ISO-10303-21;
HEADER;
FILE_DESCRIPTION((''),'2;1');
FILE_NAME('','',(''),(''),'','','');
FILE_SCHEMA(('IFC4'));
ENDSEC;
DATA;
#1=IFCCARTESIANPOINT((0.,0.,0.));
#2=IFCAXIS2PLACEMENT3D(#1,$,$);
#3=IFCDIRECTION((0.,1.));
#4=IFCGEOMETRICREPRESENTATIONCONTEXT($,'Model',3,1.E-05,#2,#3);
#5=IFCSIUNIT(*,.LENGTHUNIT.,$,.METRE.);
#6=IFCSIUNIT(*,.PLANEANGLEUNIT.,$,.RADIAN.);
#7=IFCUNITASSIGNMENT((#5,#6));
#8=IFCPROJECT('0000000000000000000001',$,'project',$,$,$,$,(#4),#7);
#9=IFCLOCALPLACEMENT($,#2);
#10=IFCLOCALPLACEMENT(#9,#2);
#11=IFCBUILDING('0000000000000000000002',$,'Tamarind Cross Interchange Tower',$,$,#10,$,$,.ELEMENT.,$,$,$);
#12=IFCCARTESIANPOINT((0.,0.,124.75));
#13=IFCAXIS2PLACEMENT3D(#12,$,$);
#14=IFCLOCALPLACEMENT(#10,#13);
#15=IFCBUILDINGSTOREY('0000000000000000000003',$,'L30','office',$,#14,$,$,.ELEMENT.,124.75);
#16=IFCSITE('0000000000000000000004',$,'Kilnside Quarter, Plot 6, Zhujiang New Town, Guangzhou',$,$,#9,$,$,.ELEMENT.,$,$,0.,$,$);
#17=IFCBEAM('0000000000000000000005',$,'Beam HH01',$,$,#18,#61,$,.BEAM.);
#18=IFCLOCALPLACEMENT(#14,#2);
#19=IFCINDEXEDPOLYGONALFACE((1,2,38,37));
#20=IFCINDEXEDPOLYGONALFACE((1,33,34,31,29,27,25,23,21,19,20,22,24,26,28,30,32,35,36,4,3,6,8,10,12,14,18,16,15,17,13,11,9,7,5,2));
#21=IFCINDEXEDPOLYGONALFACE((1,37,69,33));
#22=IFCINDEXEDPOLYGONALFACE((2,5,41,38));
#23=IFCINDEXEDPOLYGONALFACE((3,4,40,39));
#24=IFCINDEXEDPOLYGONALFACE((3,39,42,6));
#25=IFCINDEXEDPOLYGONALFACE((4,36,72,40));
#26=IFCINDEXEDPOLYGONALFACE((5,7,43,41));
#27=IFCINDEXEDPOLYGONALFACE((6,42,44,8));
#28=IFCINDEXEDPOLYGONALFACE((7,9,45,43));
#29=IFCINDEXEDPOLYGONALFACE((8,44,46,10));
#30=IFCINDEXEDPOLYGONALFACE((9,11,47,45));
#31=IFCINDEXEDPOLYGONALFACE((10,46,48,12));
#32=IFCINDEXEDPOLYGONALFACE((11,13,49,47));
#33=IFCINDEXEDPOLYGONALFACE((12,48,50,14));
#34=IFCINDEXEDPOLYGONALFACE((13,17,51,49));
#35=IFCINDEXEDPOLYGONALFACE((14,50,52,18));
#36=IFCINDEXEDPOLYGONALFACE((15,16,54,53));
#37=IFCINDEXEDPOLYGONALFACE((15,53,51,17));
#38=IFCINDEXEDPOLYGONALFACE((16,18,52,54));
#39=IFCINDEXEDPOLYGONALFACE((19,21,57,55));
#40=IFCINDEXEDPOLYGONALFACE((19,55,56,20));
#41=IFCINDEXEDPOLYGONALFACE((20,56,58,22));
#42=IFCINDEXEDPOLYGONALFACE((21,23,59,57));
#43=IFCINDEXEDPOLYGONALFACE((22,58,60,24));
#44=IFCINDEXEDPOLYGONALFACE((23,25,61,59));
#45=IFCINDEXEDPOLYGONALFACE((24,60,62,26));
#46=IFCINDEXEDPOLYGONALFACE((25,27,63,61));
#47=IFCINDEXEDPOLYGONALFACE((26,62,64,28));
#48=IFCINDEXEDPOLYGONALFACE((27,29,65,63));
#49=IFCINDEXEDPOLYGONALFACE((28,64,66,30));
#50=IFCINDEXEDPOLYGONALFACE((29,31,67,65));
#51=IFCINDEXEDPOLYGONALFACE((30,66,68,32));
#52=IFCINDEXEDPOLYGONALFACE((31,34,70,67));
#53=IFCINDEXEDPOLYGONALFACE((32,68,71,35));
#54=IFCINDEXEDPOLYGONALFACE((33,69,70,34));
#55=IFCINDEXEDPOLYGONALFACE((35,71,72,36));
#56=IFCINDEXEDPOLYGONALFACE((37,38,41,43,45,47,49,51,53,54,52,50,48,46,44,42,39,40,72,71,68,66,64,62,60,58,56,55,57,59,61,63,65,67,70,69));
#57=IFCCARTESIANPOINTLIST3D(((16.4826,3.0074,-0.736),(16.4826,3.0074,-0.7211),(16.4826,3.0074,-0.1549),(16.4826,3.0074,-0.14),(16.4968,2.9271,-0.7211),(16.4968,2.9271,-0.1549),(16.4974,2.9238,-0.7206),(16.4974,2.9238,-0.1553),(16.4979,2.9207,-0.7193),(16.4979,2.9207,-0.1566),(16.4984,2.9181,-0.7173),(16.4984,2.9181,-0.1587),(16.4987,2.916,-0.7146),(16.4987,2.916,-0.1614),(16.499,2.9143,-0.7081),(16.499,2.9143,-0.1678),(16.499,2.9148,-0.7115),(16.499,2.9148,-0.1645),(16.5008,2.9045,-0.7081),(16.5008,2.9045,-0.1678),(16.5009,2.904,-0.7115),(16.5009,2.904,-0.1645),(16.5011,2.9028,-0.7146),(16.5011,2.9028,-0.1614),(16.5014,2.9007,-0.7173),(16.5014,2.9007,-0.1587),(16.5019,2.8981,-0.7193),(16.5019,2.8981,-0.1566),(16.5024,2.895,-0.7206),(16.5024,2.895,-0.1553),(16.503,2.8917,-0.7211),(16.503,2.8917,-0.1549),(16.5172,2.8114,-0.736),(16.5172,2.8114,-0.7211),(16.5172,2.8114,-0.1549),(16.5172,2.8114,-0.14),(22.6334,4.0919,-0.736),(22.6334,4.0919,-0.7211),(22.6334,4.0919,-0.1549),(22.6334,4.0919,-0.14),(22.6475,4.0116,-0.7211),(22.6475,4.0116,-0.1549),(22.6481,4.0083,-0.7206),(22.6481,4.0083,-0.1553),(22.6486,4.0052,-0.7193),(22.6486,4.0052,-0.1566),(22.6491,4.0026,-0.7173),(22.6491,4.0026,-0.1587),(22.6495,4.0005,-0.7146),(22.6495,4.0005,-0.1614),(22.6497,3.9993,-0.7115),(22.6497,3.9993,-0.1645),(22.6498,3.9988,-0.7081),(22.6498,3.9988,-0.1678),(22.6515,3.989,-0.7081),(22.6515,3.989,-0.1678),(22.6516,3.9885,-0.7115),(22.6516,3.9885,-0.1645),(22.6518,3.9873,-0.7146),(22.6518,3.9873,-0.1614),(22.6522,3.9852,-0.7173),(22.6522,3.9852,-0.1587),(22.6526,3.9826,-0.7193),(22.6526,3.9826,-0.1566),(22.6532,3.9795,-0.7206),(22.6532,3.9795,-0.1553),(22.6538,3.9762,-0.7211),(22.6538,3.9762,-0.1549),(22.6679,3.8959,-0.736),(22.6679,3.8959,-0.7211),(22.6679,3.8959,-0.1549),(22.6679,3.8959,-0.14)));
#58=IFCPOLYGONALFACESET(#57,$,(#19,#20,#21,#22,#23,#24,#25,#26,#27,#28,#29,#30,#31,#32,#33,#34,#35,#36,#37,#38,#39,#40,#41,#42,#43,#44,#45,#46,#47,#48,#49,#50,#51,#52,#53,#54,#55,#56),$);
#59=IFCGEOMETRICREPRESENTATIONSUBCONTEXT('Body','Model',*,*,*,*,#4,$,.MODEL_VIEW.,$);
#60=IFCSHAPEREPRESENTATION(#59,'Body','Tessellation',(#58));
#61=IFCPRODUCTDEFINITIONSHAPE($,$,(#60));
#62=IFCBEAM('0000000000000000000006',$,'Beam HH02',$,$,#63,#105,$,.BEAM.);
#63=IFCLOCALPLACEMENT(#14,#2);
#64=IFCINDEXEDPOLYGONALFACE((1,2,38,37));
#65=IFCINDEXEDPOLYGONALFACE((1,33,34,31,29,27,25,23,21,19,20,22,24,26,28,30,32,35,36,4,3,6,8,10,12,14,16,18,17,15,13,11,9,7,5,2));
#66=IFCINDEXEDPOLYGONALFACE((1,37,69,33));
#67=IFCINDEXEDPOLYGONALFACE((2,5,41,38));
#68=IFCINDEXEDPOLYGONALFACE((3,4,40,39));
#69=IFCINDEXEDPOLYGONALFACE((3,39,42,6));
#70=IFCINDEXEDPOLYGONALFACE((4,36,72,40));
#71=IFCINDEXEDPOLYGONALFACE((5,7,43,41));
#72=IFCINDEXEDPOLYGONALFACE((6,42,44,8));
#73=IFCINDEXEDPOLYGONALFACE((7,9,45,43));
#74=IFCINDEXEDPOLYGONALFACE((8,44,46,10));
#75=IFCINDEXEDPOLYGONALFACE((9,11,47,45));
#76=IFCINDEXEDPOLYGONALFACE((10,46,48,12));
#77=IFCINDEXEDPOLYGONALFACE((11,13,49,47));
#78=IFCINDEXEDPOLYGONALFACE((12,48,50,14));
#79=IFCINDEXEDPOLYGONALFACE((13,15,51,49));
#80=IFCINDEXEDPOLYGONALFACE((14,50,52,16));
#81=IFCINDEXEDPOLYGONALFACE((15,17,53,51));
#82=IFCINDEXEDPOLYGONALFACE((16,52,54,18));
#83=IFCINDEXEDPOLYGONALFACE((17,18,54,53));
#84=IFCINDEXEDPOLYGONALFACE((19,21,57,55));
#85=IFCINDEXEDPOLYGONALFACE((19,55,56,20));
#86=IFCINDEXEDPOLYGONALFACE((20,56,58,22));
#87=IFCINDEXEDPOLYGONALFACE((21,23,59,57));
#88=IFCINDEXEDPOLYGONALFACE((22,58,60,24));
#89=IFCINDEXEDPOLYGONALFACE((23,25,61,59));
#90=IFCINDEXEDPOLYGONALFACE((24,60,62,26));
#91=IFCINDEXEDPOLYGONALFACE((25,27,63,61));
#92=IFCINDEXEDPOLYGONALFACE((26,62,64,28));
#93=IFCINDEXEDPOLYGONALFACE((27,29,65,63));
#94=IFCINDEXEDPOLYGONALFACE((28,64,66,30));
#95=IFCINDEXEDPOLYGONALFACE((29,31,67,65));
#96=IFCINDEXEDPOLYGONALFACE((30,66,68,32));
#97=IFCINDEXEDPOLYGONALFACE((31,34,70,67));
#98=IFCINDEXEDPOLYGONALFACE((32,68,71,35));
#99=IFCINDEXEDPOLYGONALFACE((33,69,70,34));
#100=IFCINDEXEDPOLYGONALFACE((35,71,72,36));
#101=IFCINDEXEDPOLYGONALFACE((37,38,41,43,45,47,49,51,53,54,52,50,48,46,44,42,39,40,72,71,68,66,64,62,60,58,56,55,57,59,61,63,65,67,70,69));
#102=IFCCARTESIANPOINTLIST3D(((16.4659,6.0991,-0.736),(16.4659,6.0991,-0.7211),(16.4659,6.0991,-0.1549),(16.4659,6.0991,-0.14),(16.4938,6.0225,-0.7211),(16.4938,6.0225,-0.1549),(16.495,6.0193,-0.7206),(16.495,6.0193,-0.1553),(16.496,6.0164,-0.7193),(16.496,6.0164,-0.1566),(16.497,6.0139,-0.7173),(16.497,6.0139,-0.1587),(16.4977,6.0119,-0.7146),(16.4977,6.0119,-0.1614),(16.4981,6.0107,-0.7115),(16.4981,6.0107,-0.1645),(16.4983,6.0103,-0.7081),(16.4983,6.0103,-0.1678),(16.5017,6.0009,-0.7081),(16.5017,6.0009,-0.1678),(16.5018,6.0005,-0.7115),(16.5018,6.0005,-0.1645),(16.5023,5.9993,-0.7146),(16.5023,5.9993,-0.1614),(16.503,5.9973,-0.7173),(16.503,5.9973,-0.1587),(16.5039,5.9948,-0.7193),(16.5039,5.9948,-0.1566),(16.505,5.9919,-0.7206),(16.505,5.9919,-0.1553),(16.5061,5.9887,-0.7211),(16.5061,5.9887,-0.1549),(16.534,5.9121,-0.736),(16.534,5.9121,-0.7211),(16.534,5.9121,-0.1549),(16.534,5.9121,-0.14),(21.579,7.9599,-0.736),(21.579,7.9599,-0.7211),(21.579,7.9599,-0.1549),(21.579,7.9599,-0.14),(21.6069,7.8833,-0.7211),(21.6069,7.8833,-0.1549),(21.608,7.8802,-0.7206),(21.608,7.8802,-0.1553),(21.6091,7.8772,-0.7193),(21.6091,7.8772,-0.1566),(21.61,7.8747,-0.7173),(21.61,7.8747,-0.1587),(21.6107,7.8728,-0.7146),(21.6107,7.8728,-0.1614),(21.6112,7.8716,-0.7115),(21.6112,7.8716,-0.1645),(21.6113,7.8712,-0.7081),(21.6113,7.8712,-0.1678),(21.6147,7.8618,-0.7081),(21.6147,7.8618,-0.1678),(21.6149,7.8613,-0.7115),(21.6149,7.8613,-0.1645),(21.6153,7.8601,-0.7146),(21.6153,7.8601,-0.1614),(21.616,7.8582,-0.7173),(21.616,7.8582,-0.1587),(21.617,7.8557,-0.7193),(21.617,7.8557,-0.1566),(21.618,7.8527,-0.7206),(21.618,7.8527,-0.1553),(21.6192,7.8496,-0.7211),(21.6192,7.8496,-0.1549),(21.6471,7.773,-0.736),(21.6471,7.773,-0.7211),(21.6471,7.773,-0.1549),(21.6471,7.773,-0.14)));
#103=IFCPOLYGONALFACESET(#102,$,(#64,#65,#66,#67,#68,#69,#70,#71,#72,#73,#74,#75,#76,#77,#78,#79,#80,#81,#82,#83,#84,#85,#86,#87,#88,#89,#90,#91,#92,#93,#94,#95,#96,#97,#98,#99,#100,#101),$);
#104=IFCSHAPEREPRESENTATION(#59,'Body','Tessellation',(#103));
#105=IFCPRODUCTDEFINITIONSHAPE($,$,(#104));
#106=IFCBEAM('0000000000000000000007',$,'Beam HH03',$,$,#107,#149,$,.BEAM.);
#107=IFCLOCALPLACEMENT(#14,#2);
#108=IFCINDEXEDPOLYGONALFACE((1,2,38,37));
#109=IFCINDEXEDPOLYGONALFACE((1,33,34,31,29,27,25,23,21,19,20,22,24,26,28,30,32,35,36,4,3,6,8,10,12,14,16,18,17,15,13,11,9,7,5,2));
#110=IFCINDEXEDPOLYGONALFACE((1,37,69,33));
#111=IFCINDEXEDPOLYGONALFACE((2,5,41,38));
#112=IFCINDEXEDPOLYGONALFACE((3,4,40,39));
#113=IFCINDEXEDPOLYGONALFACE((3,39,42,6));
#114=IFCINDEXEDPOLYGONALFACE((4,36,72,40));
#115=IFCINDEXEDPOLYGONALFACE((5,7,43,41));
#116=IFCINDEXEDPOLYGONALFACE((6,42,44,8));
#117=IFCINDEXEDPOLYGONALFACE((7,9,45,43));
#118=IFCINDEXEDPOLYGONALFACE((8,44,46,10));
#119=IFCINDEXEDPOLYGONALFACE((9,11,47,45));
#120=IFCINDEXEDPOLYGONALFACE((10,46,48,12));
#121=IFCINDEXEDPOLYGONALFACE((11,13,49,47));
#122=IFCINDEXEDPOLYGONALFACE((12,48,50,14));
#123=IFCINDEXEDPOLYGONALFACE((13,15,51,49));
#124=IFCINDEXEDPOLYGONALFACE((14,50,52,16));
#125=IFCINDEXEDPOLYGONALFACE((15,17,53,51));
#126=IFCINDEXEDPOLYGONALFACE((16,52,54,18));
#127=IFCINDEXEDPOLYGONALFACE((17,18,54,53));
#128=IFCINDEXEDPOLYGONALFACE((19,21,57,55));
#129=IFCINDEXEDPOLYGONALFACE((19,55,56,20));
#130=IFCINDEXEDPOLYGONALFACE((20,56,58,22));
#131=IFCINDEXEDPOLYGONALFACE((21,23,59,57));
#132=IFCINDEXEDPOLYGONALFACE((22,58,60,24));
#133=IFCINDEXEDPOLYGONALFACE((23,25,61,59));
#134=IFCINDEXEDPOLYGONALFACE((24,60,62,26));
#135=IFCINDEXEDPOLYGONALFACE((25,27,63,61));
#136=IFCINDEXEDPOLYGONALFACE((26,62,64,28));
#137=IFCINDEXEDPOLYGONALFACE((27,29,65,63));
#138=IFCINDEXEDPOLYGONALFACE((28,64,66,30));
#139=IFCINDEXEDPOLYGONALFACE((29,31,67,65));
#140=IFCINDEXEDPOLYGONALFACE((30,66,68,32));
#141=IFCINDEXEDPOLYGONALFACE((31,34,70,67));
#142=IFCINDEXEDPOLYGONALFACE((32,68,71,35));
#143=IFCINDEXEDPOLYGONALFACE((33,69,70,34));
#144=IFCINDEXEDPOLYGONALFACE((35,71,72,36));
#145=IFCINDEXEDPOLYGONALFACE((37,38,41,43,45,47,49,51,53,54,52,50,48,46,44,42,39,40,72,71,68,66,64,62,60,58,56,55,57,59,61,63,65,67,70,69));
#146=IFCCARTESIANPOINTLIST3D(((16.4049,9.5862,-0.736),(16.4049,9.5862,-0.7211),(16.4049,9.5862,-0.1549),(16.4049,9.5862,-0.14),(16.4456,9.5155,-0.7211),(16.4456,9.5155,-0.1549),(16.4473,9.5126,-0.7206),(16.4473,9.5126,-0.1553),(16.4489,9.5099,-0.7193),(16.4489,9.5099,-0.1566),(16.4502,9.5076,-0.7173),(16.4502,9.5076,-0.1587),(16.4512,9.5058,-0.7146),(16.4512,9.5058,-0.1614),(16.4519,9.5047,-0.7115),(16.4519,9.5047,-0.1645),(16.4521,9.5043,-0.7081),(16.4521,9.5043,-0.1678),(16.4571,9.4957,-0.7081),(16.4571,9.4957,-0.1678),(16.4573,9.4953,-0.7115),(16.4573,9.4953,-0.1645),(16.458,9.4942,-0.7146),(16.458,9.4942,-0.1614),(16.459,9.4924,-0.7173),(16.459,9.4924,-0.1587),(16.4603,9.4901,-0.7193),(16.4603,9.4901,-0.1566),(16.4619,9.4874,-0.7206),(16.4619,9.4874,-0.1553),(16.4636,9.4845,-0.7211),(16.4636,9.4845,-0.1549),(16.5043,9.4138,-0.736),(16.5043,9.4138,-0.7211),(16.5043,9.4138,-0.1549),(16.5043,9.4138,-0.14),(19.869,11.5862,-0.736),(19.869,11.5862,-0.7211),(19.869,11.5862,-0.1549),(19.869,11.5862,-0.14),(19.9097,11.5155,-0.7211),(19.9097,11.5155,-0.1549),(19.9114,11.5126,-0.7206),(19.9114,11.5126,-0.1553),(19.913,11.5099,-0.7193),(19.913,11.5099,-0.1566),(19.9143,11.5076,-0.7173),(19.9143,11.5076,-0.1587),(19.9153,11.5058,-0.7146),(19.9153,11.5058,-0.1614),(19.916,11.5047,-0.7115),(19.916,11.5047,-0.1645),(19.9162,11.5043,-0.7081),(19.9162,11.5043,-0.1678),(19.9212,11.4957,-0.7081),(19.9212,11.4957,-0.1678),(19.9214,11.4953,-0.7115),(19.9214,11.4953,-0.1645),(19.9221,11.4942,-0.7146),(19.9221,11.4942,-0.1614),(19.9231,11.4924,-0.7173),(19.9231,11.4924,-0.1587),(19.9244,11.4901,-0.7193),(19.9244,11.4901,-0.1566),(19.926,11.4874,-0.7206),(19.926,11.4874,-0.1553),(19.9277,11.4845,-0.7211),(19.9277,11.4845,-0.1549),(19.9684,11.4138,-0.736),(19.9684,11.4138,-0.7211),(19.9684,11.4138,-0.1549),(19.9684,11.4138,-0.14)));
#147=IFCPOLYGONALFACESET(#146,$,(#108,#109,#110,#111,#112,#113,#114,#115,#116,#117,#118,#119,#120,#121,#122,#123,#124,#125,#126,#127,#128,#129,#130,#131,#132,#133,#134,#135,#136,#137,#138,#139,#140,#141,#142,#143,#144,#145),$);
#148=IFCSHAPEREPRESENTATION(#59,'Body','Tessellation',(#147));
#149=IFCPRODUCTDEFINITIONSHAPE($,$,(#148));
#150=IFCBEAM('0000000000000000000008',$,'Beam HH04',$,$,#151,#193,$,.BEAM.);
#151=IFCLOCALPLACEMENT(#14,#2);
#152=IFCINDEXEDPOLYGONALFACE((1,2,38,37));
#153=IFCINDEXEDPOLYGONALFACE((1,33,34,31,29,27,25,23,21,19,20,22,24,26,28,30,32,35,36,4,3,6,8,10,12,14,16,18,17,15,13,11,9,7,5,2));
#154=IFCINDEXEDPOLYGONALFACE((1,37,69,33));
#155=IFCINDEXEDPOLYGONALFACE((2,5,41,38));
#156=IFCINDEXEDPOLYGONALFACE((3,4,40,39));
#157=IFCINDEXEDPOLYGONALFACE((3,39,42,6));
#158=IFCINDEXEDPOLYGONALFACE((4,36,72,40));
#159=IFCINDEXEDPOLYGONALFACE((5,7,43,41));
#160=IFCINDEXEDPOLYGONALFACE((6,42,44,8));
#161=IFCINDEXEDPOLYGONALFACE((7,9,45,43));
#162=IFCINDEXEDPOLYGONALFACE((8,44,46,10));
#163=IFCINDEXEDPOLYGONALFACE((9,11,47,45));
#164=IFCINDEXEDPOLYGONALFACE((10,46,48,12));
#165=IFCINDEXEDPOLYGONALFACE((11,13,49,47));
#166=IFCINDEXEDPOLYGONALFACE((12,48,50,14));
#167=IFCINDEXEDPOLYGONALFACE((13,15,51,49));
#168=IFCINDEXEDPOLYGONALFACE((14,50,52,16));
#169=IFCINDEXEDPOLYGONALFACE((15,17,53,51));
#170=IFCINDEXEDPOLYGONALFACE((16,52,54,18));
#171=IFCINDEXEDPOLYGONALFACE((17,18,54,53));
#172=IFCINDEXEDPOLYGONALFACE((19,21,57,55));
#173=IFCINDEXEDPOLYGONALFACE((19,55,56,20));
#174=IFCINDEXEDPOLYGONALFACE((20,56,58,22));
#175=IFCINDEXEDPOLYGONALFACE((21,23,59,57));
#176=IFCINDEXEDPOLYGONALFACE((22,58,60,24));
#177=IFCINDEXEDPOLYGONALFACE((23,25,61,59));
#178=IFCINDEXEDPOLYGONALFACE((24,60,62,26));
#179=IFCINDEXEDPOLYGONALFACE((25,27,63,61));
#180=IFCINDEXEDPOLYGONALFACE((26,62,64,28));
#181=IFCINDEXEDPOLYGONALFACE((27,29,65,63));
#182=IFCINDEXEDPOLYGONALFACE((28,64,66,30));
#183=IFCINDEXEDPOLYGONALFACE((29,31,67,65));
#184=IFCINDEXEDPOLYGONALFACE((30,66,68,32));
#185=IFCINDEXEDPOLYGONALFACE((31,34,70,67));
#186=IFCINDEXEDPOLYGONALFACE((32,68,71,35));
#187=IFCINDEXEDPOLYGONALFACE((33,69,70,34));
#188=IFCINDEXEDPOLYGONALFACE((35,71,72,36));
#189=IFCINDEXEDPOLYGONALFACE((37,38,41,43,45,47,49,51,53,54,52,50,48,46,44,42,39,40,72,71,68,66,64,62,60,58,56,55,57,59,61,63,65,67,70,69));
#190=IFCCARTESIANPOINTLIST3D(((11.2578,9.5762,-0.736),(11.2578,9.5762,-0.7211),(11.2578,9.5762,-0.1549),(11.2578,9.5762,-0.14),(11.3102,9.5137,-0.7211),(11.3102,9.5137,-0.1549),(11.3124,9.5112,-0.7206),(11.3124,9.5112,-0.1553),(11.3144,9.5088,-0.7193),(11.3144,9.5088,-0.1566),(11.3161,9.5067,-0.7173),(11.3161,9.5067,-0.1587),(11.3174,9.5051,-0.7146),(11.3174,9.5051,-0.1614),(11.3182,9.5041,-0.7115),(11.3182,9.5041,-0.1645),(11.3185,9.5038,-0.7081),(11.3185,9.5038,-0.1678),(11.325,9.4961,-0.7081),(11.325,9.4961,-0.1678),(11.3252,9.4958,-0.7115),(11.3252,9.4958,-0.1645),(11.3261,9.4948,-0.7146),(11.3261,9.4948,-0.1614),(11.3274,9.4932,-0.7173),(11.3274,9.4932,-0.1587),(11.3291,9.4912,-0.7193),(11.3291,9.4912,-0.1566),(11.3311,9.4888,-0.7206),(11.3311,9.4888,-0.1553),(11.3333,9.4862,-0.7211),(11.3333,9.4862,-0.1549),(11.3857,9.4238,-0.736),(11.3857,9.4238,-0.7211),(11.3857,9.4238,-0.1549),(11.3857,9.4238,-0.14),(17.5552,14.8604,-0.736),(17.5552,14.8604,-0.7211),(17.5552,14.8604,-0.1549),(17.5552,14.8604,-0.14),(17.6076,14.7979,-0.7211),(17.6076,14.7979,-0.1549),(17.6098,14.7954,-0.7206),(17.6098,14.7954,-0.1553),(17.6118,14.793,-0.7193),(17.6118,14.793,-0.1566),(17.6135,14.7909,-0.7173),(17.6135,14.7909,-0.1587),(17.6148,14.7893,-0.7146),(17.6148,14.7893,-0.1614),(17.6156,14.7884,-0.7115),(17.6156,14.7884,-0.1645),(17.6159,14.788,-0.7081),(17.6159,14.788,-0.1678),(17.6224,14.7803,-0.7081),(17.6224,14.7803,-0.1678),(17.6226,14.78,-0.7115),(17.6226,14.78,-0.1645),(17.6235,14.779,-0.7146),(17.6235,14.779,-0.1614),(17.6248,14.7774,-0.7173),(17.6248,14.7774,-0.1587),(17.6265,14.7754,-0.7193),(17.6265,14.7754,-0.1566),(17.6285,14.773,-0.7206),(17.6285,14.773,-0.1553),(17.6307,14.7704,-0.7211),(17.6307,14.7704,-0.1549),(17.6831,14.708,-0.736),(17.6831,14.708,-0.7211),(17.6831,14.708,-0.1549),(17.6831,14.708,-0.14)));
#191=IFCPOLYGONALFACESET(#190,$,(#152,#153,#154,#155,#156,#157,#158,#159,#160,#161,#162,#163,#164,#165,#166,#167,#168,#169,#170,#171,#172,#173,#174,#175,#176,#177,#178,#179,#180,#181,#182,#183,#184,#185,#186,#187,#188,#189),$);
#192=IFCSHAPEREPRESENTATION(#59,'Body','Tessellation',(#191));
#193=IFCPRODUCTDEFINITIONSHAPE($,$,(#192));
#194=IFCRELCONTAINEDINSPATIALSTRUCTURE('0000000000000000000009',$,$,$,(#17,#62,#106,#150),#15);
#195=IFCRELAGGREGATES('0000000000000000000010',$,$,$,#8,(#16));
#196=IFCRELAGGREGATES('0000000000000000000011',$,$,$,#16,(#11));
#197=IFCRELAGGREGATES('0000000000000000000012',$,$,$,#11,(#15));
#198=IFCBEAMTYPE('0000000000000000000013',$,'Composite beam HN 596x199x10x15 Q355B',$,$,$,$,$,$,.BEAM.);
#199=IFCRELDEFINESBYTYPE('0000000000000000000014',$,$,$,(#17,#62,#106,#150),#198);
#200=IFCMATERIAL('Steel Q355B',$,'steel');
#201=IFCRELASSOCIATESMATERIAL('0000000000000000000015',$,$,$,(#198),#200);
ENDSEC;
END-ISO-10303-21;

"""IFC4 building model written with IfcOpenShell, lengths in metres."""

from ifc_helpers import new_model, si_unit, direction, frame, origin, origin_2d, place, context, subcontext, project, spatial, i_section, extrude, material, material_profile, profile_set, type_object, element, save


model = new_model("IFC4")

# Units and contexts
model_context = context("Model", 3, precision=1e-05, world=origin(), true_north=direction((0.0, 1.0)))
body_context = subcontext(model_context, "Body", "Model", "MODEL_VIEW")
ifc_project = project(units=[si_unit("LENGTHUNIT", "METRE"), si_unit("PLANEANGLEUNIT", "RADIAN")], contexts=[model_context])

# Site, building, storey
site_placement = place(None, origin())
site = spatial("IfcSite", under=ifc_project, at=site_placement, Name="Kilnside Quarter, Plot 6, Zhujiang New Town, Guangzhou", CompositionType="ELEMENT", RefElevation=0.0)
building_placement = place(site_placement, origin())
building = spatial("IfcBuilding", under=site, at=building_placement, Name="Tamarind Cross Interchange Tower", CompositionType="ELEMENT")
storey_placement = place(building_placement, frame((0.0, 0.0, 124.75)))
storey = spatial("IfcBuildingStorey", under=building, at=storey_placement, Name="L30", Description="office", CompositionType="ELEMENT", Elevation=124.75)

# Beams
ifc_material_1 = material(Name="Steel Q355B", Category="steel")
ifc_material_profile_1 = material_profile(ifc_material_1, i_section(OverallWidth=0.199, OverallDepth=0.5959, WebThickness=0.01, FlangeThickness=0.0149, FilletRadius=0.0129, at=origin_2d()), Name="HN 596x199x10x15")
ifc_profile_set_1 = profile_set([ifc_material_profile_1], Name="Steel Q355B")
beam_type_1 = type_object("IfcBeamType", Name="Composite beam HN 596x199x10x15 Q355B", PredefinedType="BEAM", material=ifc_profile_set_1)
beam_1_placement = place(storey_placement, frame((22.6506, 3.9939, -0.438), z_axis=(-0.984809, -0.17364, 0.0), x_axis=(0.17364, -0.984809, 0.0)))
element("IfcBeam", 1, at=beam_1_placement, inside=storey, type_object=beam_type_1, Name="Beam HH01", PredefinedType="BEAM", context=body_context, shape_type="SweptSolid", body=[
    extrude(i_section(OverallWidth=0.199, OverallDepth=0.5959, WebThickness=0.01, FlangeThickness=0.0149, FilletRadius=0.0129, at=origin_2d()), origin(), (0.0, 0.0, 1.0), 6.2456),
])
beam_2_placement = place(storey_placement, frame((21.613, 7.8665, -0.438), z_axis=(-0.939702, -0.341995, 0.0), x_axis=(0.341995, -0.939702, 0.0)))
element("IfcBeam", 2, at=beam_2_placement, inside=storey, type_object=beam_type_1, Name="Beam HH02", PredefinedType="BEAM", context=body_context, shape_type="SweptSolid", body=[
    extrude(i_section(OverallWidth=0.199, OverallDepth=0.5959, WebThickness=0.01, FlangeThickness=0.0149, FilletRadius=0.0129, at=origin_2d()), origin(), (0.0, 0.0, 1.0), 5.4412),
])
beam_3_placement = place(storey_placement, frame((19.9187, 11.5, -0.438), z_axis=(-0.866026, -0.499999, 0.0), x_axis=(0.499999, -0.866026, 0.0)))
element("IfcBeam", 3, at=beam_3_placement, inside=storey, type_object=beam_type_1, Name="Beam HH03", PredefinedType="BEAM", context=body_context, shape_type="SweptSolid", body=[
    extrude(i_section(OverallWidth=0.199, OverallDepth=0.5959, WebThickness=0.01, FlangeThickness=0.0149, FilletRadius=0.0129, at=origin_2d()), origin(), (0.0, 0.0, 1.0), 4.0),
])
beam_4_placement = place(storey_placement, frame((17.6191, 14.7842, -0.438), z_axis=(-0.766041, -0.642792, 0.0), x_axis=(0.642792, -0.766041, 0.0)))
element("IfcBeam", 4, at=beam_4_placement, inside=storey, type_object=beam_type_1, Name="Beam HH04", PredefinedType="BEAM", context=body_context, shape_type="SweptSolid", body=[
    extrude(i_section(OverallWidth=0.199, OverallDepth=0.5959, WebThickness=0.01, FlangeThickness=0.0149, FilletRadius=0.0129, at=origin_2d()), origin(), (0.0, 0.0, 1.0), 8.2207),
])

save(model, "model.ifc")
